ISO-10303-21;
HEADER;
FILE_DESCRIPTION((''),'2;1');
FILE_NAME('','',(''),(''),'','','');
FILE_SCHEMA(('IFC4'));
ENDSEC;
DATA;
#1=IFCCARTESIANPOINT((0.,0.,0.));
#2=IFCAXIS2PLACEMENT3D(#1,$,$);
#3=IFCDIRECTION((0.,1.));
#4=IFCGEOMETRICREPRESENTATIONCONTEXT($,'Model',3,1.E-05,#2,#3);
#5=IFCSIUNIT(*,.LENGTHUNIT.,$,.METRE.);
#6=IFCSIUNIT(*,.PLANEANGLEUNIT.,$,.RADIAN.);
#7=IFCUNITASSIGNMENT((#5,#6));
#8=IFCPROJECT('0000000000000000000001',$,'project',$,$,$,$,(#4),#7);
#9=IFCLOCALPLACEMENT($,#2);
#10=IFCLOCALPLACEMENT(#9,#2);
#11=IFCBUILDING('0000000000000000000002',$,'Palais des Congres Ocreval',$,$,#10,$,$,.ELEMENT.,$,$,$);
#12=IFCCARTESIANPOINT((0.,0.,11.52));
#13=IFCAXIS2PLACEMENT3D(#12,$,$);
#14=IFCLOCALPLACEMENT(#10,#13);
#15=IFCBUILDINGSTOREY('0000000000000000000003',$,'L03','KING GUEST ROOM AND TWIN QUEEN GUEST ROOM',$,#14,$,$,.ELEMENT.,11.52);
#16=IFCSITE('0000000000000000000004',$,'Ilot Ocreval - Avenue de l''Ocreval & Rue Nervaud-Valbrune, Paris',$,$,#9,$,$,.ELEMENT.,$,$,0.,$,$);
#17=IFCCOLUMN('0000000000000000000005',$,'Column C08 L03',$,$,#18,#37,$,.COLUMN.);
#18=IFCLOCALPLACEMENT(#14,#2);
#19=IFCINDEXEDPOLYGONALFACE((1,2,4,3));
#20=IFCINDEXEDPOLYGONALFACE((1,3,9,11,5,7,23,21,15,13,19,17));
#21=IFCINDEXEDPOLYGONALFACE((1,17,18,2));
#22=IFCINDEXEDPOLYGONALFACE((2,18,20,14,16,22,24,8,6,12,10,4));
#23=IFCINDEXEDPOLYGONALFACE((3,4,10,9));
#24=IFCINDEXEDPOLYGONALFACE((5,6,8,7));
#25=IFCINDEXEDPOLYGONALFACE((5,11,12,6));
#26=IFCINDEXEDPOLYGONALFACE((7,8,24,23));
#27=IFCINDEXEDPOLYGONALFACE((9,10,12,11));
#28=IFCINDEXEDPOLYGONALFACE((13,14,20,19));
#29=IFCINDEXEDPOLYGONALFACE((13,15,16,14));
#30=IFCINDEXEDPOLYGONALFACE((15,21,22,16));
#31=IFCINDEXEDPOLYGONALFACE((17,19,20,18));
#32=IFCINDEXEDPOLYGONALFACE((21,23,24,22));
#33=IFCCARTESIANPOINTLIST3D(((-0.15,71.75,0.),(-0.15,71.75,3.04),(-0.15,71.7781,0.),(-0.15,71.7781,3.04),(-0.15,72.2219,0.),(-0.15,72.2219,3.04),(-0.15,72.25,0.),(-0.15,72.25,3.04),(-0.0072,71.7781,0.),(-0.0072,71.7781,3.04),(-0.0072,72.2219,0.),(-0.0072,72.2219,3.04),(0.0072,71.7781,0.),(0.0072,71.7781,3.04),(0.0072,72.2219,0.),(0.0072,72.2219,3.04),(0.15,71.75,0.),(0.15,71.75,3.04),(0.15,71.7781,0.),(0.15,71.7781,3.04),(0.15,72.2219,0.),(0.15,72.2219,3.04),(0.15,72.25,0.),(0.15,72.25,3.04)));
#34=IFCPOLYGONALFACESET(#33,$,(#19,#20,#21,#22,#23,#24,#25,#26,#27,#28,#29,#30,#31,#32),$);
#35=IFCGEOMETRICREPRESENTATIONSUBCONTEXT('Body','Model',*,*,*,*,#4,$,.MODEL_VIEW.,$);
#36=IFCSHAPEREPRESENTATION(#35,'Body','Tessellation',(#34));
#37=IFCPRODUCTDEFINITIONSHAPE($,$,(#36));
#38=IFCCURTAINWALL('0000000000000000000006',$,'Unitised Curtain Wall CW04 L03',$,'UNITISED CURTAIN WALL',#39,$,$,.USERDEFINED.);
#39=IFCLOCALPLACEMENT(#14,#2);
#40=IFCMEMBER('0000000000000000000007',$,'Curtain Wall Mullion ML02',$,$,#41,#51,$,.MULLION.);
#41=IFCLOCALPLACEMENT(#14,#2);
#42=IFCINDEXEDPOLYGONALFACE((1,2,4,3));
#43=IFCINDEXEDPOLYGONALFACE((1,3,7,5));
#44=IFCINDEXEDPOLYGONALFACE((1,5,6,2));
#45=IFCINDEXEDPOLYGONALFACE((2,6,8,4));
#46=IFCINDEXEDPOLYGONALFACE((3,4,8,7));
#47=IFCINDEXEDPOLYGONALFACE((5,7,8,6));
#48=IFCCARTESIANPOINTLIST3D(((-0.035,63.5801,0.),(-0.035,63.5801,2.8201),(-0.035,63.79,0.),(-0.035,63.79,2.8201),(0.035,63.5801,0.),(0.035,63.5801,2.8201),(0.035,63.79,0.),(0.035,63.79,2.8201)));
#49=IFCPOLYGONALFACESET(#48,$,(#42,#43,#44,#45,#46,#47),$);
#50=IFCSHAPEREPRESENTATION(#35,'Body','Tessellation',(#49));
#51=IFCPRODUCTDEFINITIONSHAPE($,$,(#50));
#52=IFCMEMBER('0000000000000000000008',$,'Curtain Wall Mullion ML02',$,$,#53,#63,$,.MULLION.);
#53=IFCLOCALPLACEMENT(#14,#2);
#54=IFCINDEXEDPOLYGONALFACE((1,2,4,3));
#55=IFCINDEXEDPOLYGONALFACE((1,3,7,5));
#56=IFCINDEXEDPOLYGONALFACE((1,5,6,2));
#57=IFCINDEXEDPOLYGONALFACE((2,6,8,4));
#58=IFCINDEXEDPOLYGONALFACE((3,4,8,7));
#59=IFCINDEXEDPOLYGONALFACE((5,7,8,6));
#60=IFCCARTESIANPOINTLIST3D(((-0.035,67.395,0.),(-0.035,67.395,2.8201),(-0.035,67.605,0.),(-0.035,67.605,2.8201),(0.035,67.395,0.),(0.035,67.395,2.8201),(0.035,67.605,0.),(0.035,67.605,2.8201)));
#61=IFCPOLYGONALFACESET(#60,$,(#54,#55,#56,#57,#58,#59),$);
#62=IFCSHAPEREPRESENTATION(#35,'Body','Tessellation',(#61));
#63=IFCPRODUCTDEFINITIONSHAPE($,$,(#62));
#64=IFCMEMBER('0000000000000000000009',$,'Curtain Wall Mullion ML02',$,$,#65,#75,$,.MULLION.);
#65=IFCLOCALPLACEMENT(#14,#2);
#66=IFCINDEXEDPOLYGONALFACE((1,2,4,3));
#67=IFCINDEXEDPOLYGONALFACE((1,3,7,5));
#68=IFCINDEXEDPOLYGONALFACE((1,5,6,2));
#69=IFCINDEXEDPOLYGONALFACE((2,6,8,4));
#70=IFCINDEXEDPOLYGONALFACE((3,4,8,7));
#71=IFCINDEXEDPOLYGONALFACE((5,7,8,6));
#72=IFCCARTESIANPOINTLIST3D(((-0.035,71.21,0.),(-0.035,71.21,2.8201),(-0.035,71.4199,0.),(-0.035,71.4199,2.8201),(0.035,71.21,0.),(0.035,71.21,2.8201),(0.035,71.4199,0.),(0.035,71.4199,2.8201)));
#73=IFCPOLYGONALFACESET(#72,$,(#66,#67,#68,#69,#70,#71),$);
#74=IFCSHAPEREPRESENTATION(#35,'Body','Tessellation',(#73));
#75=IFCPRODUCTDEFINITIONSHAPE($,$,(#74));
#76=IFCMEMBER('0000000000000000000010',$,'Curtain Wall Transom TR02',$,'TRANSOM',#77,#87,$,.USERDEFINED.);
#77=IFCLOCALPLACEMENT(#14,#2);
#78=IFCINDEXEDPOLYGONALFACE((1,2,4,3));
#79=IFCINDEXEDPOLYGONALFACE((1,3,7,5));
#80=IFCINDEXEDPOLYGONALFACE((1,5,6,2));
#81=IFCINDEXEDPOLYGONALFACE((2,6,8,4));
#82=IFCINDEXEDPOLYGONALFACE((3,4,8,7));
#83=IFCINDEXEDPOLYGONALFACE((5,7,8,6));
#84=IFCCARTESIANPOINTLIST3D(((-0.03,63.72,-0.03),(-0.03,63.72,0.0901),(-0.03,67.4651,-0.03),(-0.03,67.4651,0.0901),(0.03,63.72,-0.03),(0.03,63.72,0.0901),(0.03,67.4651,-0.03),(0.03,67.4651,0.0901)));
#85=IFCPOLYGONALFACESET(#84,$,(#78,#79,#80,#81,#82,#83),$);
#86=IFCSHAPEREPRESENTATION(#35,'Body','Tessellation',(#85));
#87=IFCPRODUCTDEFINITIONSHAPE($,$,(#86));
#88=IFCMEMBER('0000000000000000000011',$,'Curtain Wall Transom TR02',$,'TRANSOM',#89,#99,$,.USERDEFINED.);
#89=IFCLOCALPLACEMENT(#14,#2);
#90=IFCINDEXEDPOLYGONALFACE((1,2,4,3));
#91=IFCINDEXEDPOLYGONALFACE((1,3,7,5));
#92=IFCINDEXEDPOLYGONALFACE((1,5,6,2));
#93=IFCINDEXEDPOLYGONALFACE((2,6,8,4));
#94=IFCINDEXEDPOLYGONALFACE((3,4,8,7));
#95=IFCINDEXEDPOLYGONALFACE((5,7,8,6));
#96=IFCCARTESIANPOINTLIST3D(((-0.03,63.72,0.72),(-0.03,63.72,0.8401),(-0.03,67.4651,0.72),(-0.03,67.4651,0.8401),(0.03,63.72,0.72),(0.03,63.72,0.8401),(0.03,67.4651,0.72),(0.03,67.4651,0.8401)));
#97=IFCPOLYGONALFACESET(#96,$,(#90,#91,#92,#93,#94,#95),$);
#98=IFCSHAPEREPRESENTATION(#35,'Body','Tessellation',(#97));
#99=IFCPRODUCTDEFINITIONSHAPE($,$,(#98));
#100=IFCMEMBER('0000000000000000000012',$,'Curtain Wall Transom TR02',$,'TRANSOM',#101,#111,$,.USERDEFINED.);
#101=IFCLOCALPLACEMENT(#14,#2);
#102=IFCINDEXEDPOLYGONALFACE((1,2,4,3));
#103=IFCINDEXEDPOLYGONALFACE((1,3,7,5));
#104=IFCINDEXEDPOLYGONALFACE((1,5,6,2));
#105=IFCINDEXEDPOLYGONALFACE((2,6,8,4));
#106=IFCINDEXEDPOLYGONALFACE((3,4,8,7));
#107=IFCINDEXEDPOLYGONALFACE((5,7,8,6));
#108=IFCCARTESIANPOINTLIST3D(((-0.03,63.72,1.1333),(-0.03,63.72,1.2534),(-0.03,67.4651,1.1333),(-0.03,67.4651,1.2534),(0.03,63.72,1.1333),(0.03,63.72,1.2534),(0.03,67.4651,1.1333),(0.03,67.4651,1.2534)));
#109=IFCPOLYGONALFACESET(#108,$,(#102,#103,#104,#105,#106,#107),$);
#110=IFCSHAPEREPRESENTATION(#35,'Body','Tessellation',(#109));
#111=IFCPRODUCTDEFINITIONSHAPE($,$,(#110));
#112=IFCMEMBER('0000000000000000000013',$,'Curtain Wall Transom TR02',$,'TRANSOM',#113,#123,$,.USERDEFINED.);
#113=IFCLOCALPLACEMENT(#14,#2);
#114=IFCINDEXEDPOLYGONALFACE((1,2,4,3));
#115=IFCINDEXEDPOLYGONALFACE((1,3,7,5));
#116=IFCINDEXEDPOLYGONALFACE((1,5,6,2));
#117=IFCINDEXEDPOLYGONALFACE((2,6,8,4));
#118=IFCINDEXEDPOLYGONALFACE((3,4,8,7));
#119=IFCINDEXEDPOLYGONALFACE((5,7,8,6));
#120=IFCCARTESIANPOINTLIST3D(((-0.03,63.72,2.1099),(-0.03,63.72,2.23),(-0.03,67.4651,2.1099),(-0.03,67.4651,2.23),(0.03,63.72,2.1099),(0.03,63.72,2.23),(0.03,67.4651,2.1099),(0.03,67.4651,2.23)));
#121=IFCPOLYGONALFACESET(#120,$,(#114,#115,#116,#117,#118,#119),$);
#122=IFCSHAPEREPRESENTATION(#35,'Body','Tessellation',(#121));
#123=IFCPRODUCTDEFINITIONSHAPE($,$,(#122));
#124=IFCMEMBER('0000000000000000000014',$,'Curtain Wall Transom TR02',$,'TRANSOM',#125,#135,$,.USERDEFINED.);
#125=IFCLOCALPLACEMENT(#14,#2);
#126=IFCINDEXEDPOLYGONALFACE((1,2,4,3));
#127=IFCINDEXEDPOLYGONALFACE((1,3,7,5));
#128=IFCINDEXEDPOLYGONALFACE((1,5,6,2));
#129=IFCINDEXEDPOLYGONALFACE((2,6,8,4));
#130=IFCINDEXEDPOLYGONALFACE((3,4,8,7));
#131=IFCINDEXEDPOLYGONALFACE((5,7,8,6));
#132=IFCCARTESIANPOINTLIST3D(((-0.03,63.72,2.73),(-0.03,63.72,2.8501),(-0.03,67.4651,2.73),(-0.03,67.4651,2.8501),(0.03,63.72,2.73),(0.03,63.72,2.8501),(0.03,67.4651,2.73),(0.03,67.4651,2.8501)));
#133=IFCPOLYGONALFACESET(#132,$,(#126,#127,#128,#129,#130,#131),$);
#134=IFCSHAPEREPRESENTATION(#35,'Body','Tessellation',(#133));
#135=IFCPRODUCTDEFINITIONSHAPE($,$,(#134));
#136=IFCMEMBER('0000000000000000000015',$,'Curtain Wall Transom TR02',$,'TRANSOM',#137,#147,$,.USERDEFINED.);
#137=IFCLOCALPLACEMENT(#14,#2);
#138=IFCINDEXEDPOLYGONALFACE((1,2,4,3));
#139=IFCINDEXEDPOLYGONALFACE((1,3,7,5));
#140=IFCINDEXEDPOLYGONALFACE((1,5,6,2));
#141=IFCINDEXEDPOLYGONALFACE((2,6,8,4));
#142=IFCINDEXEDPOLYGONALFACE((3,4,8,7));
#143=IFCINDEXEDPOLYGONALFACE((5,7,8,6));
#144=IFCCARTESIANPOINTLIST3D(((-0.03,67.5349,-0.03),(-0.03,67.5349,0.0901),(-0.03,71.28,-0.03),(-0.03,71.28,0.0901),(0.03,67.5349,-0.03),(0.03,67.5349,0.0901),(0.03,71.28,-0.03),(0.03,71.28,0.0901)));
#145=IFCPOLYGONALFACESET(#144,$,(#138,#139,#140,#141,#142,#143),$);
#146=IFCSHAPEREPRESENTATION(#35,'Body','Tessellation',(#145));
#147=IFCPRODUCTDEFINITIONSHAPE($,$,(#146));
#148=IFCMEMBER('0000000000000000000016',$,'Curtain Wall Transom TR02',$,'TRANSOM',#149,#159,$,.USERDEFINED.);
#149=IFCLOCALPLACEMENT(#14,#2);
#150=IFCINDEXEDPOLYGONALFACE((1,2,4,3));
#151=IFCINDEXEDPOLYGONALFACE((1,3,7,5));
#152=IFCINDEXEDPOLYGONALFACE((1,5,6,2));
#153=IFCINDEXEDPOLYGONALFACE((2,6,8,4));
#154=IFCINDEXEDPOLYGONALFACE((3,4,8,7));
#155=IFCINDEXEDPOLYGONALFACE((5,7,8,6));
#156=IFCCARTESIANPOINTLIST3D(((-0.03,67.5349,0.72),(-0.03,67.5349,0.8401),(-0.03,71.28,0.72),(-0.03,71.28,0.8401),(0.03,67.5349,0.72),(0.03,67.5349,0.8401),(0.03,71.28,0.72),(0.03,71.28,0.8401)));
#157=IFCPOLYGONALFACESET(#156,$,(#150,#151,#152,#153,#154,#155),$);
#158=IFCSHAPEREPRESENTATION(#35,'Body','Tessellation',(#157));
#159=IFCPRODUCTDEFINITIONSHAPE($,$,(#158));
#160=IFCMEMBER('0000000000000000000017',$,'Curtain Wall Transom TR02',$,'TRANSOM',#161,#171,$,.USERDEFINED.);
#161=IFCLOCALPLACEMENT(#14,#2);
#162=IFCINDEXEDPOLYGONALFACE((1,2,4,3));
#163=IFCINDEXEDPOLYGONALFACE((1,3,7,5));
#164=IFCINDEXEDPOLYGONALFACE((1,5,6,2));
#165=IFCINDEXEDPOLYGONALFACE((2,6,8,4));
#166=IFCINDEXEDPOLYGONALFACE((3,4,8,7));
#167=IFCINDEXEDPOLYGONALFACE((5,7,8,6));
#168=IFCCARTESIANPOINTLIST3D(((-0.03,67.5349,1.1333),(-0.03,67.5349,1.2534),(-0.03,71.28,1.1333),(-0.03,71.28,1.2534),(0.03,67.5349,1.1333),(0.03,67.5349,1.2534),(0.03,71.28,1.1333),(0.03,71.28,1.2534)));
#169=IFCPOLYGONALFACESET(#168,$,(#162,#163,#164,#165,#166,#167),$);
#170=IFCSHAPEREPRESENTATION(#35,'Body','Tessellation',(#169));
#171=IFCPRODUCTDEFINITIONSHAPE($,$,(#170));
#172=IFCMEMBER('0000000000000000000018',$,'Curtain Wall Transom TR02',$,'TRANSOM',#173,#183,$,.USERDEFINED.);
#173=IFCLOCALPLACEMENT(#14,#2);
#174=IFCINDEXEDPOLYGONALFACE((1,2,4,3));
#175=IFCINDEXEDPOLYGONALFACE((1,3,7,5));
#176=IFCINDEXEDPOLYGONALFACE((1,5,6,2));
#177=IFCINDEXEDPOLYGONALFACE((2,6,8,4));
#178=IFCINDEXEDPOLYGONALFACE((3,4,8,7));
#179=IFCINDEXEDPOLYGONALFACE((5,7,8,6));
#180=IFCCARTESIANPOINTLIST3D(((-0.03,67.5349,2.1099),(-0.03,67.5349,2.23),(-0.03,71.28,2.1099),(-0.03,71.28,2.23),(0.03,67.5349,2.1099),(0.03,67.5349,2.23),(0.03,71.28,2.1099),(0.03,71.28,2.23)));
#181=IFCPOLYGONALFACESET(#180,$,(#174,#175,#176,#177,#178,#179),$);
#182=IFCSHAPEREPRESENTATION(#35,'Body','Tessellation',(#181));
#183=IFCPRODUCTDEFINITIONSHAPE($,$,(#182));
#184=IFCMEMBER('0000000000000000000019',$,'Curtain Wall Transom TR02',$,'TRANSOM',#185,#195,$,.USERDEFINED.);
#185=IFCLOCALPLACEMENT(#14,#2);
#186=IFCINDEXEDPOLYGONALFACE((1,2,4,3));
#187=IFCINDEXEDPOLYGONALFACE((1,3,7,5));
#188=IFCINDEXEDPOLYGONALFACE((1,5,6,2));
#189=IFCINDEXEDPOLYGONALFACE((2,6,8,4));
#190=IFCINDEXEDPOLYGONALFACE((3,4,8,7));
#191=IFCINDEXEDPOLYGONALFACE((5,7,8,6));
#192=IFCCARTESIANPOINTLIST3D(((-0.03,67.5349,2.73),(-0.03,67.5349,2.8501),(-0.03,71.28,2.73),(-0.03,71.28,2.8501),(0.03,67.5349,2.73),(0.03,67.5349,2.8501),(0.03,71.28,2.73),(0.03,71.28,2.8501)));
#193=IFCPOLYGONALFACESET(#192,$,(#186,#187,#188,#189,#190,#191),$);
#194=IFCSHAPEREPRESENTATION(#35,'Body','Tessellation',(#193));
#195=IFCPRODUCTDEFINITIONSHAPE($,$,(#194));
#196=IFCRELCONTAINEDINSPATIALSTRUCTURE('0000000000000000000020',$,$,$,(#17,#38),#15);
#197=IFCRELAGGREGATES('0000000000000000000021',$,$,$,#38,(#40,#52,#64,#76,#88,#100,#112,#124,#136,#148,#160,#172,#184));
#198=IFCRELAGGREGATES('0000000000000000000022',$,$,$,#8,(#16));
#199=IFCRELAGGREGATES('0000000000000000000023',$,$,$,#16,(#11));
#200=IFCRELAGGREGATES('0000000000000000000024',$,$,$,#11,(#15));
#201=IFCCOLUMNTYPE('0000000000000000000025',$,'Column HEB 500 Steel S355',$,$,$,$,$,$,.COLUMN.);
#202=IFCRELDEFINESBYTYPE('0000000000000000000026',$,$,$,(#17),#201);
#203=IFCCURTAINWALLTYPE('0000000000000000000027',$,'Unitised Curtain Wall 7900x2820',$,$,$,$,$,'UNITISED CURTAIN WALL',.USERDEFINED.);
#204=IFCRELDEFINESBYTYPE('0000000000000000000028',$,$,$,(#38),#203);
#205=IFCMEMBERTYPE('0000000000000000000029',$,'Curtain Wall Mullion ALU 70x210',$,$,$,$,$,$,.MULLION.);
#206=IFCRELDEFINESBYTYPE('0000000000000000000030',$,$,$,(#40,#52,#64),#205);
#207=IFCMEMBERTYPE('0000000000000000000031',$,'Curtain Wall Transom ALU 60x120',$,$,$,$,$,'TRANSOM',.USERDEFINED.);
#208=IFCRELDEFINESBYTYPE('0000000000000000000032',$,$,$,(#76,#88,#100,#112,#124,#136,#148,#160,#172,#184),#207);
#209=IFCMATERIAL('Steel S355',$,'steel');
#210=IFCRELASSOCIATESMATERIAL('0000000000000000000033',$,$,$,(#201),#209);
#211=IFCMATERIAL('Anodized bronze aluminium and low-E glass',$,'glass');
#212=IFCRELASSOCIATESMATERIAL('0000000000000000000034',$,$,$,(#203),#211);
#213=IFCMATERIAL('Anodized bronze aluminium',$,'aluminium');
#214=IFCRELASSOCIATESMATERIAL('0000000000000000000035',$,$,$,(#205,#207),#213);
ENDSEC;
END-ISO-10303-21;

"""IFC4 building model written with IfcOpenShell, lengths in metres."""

from ifc_helpers import new_model, si_unit, direction, frame, origin, origin_2d, place, context, subcontext, project, spatial, rectangle, i_section, extrude, material, material_profile, profile_set, type_object, element, aggregate, save


model = new_model("IFC4")

# Units and contexts
model_context = context("Model", 3, precision=1e-05, world=origin(), true_north=direction((0.0, 1.0)))
body_context = subcontext(model_context, "Body", "Model", "MODEL_VIEW")
ifc_project = project(units=[si_unit("LENGTHUNIT", "METRE"), si_unit("PLANEANGLEUNIT", "RADIAN")], contexts=[model_context])

# Site, building, storey
site_placement = place(None, origin())
site = spatial("IfcSite", under=ifc_project, at=site_placement, Name="Ilot Ocreval - Avenue de l'Ocreval & Rue Nervaud-Valbrune, Paris", CompositionType="ELEMENT", RefElevation=0.0)
building_placement = place(site_placement, origin())
building = spatial("IfcBuilding", under=site, at=building_placement, Name="Palais des Congres Ocreval", CompositionType="ELEMENT")
storey_placement = place(building_placement, frame((0.0, 0.0, 11.52)))
storey = spatial("IfcBuildingStorey", under=building, at=storey_placement, Name="L03", Description="KING GUEST ROOM AND TWIN QUEEN GUEST ROOM", CompositionType="ELEMENT", Elevation=11.52)

# Column
ifc_material_1 = material(Name="Steel S355", Category="steel")
ifc_material_profile_1 = material_profile(ifc_material_1, i_section(OverallWidth=0.3, OverallDepth=0.5, WebThickness=0.0144, FlangeThickness=0.0281, at=origin_2d()), Name="HEB 500")
ifc_profile_set_1 = profile_set([ifc_material_profile_1], Name="Steel S355")
column_type = type_object("IfcColumnType", Name="Column HEB 500 Steel S355", PredefinedType="COLUMN", material=ifc_profile_set_1)
column_placement = place(storey_placement, frame((0.0, 72.0, 0.0), z_axis=(0.0, 0.0, 1.0), x_axis=(1.0, 0.0, 0.0)))
element("IfcColumn", 1, at=column_placement, inside=storey, type_object=column_type, Name="Column C08 L03", PredefinedType="COLUMN", context=body_context, shape_type="SweptSolid", body=[
    extrude(i_section(OverallWidth=0.3, OverallDepth=0.5, WebThickness=0.0144, FlangeThickness=0.0281, at=origin_2d()), origin(), (0.0, 0.0, 1.0), 3.04),
])

# Curtain wall, members
ifc_material_2 = material(Name="Anodized bronze aluminium and low-E glass", Category="glass")
curtain_wall_type = type_object("IfcCurtainWallType", Name="Unitised Curtain Wall 7900x2820", ElementType="UNITISED CURTAIN WALL", PredefinedType="USERDEFINED", material=ifc_material_2)
curtain_wall_placement = place(storey_placement, origin())
curtain_wall = element("IfcCurtainWall", 2, at=curtain_wall_placement, inside=storey, type_object=curtain_wall_type, Name="Unitised Curtain Wall CW04 L03", ObjectType="UNITISED CURTAIN WALL", PredefinedType="USERDEFINED")
ifc_material_3 = material(Name="Anodized bronze aluminium", Category="aluminium")
ifc_material_profile_2 = material_profile(ifc_material_3, rectangle(XDim=0.0701, YDim=0.21, at=origin_2d()), Name="ALU 70x210")
ifc_profile_set_2 = profile_set([ifc_material_profile_2], Name="Anodized bronze aluminium")
member_type_1 = type_object("IfcMemberType", Name="Curtain Wall Mullion ALU 70x210", PredefinedType="MULLION", material=ifc_profile_set_2)
member_1_placement = place(storey_placement, frame((0.0, 63.6851, 0.0), z_axis=(0.0, 0.0, 1.0), x_axis=(-1.0, 0.0, 0.0)))
member_1 = element("IfcMember", 3, at=member_1_placement, type_object=member_type_1, Name="Curtain Wall Mullion ML02", PredefinedType="MULLION", context=body_context, shape_type="SweptSolid", body=[
    extrude(rectangle(XDim=0.0701, YDim=0.21, at=origin_2d()), origin(), (0.0, 0.0, 1.0), 2.8201),
])
member_2_placement = place(storey_placement, frame((0.0, 67.5, 0.0), z_axis=(0.0, 0.0, 1.0), x_axis=(-1.0, 0.0, 0.0)))
member_2 = element("IfcMember", 4, at=member_2_placement, type_object=member_type_1, Name="Curtain Wall Mullion ML02", PredefinedType="MULLION", context=body_context, shape_type="SweptSolid", body=[
    extrude(rectangle(XDim=0.0701, YDim=0.21, at=origin_2d()), origin(), (0.0, 0.0, 1.0), 2.8201),
])
member_3_placement = place(storey_placement, frame((0.0, 71.3149, 0.0), z_axis=(0.0, 0.0, 1.0), x_axis=(-1.0, 0.0, 0.0)))
member_3 = element("IfcMember", 5, at=member_3_placement, type_object=member_type_1, Name="Curtain Wall Mullion ML02", PredefinedType="MULLION", context=body_context, shape_type="SweptSolid", body=[
    extrude(rectangle(XDim=0.0701, YDim=0.21, at=origin_2d()), origin(), (0.0, 0.0, 1.0), 2.8201),
])
ifc_material_profile_3 = material_profile(ifc_material_3, rectangle(XDim=0.0601, YDim=0.1201, at=origin_2d()), Name="ALU 60x120")
ifc_profile_set_3 = profile_set([ifc_material_profile_3], Name="Anodized bronze aluminium")
member_type_2 = type_object("IfcMemberType", Name="Curtain Wall Transom ALU 60x120", ElementType="TRANSOM", PredefinedType="USERDEFINED", material=ifc_profile_set_3)
member_4_placement = place(storey_placement, frame((0.0, 63.72, 0.03), z_axis=(0.0, 1.0, 0.0), x_axis=(-1.0, 0.0, 0.0)))
member_4 = element("IfcMember", 6, at=member_4_placement, type_object=member_type_2, Name="Curtain Wall Transom TR02", ObjectType="TRANSOM", PredefinedType="USERDEFINED", context=body_context, shape_type="SweptSolid", body=[
    extrude(rectangle(XDim=0.0601, YDim=0.1201, at=origin_2d()), origin(), (0.0, 0.0, 1.0), 3.7451),
])
member_5_placement = place(storey_placement, frame((0.0, 63.72, 0.78), z_axis=(0.0, 1.0, 0.0), x_axis=(-1.0, 0.0, 0.0)))
member_5 = element("IfcMember", 7, at=member_5_placement, type_object=member_type_2, Name="Curtain Wall Transom TR02", ObjectType="TRANSOM", PredefinedType="USERDEFINED", context=body_context, shape_type="SweptSolid", body=[
    extrude(rectangle(XDim=0.0601, YDim=0.1201, at=origin_2d()), origin(), (0.0, 0.0, 1.0), 3.7451),
])
member_6_placement = place(storey_placement, frame((0.0, 63.72, 1.1934), z_axis=(0.0, 1.0, 0.0), x_axis=(-1.0, 0.0, 0.0)))
member_6 = element("IfcMember", 8, at=member_6_placement, type_object=member_type_2, Name="Curtain Wall Transom TR02", ObjectType="TRANSOM", PredefinedType="USERDEFINED", context=body_context, shape_type="SweptSolid", body=[
    extrude(rectangle(XDim=0.0601, YDim=0.1201, at=origin_2d()), origin(), (0.0, 0.0, 1.0), 3.7451),
])
member_7_placement = place(storey_placement, frame((0.0, 63.72, 2.1699), z_axis=(0.0, 1.0, 0.0), x_axis=(-1.0, 0.0, 0.0)))
member_7 = element("IfcMember", 9, at=member_7_placement, type_object=member_type_2, Name="Curtain Wall Transom TR02", ObjectType="TRANSOM", PredefinedType="USERDEFINED", context=body_context, shape_type="SweptSolid", body=[
    extrude(rectangle(XDim=0.0601, YDim=0.1201, at=origin_2d()), origin(), (0.0, 0.0, 1.0), 3.7451),
])
member_8_placement = place(storey_placement, frame((0.0, 63.72, 2.79), z_axis=(0.0, 1.0, 0.0), x_axis=(-1.0, 0.0, 0.0)))
member_8 = element("IfcMember", 10, at=member_8_placement, type_object=member_type_2, Name="Curtain Wall Transom TR02", ObjectType="TRANSOM", PredefinedType="USERDEFINED", context=body_context, shape_type="SweptSolid", body=[
    extrude(rectangle(XDim=0.0601, YDim=0.1201, at=origin_2d()), origin(), (0.0, 0.0, 1.0), 3.7451),
])
member_9_placement = place(storey_placement, frame((0.0, 67.5349, 0.03), z_axis=(0.0, 1.0, 0.0), x_axis=(-1.0, 0.0, 0.0)))
member_9 = element("IfcMember", 11, at=member_9_placement, type_object=member_type_2, Name="Curtain Wall Transom TR02", ObjectType="TRANSOM", PredefinedType="USERDEFINED", context=body_context, shape_type="SweptSolid", body=[
    extrude(rectangle(XDim=0.0601, YDim=0.1201, at=origin_2d()), origin(), (0.0, 0.0, 1.0), 3.7451),
])
member_10_placement = place(storey_placement, frame((0.0, 67.5349, 0.78), z_axis=(0.0, 1.0, 0.0), x_axis=(-1.0, 0.0, 0.0)))
member_10 = element("IfcMember", 12, at=member_10_placement, type_object=member_type_2, Name="Curtain Wall Transom TR02", ObjectType="TRANSOM", PredefinedType="USERDEFINED", context=body_context, shape_type="SweptSolid", body=[
    extrude(rectangle(XDim=0.0601, YDim=0.1201, at=origin_2d()), origin(), (0.0, 0.0, 1.0), 3.7451),
])
member_11_placement = place(storey_placement, frame((0.0, 67.5349, 1.1934), z_axis=(0.0, 1.0, 0.0), x_axis=(-1.0, 0.0, 0.0)))
member_11 = element("IfcMember", 13, at=member_11_placement, type_object=member_type_2, Name="Curtain Wall Transom TR02", ObjectType="TRANSOM", PredefinedType="USERDEFINED", context=body_context, shape_type="SweptSolid", body=[
    extrude(rectangle(XDim=0.0601, YDim=0.1201, at=origin_2d()), origin(), (0.0, 0.0, 1.0), 3.7451),
])
member_12_placement = place(storey_placement, frame((0.0, 67.5349, 2.1699), z_axis=(0.0, 1.0, 0.0), x_axis=(-1.0, 0.0, 0.0)))
member_12 = element("IfcMember", 14, at=member_12_placement, type_object=member_type_2, Name="Curtain Wall Transom TR02", ObjectType="TRANSOM", PredefinedType="USERDEFINED", context=body_context, shape_type="SweptSolid", body=[
    extrude(rectangle(XDim=0.0601, YDim=0.1201, at=origin_2d()), origin(), (0.0, 0.0, 1.0), 3.7451),
])
member_13_placement = place(storey_placement, frame((0.0, 67.5349, 2.79), z_axis=(0.0, 1.0, 0.0), x_axis=(-1.0, 0.0, 0.0)))
member_13 = element("IfcMember", 15, at=member_13_placement, type_object=member_type_2, Name="Curtain Wall Transom TR02", ObjectType="TRANSOM", PredefinedType="USERDEFINED", context=body_context, shape_type="SweptSolid", body=[
    extrude(rectangle(XDim=0.0601, YDim=0.1201, at=origin_2d()), origin(), (0.0, 0.0, 1.0), 3.7451),
])
aggregate(curtain_wall, [member_1, member_2, member_3, member_4, member_5, member_6, member_7, member_8, member_9, member_10, member_11, member_12, member_13])

save(model, "model.ifc")
